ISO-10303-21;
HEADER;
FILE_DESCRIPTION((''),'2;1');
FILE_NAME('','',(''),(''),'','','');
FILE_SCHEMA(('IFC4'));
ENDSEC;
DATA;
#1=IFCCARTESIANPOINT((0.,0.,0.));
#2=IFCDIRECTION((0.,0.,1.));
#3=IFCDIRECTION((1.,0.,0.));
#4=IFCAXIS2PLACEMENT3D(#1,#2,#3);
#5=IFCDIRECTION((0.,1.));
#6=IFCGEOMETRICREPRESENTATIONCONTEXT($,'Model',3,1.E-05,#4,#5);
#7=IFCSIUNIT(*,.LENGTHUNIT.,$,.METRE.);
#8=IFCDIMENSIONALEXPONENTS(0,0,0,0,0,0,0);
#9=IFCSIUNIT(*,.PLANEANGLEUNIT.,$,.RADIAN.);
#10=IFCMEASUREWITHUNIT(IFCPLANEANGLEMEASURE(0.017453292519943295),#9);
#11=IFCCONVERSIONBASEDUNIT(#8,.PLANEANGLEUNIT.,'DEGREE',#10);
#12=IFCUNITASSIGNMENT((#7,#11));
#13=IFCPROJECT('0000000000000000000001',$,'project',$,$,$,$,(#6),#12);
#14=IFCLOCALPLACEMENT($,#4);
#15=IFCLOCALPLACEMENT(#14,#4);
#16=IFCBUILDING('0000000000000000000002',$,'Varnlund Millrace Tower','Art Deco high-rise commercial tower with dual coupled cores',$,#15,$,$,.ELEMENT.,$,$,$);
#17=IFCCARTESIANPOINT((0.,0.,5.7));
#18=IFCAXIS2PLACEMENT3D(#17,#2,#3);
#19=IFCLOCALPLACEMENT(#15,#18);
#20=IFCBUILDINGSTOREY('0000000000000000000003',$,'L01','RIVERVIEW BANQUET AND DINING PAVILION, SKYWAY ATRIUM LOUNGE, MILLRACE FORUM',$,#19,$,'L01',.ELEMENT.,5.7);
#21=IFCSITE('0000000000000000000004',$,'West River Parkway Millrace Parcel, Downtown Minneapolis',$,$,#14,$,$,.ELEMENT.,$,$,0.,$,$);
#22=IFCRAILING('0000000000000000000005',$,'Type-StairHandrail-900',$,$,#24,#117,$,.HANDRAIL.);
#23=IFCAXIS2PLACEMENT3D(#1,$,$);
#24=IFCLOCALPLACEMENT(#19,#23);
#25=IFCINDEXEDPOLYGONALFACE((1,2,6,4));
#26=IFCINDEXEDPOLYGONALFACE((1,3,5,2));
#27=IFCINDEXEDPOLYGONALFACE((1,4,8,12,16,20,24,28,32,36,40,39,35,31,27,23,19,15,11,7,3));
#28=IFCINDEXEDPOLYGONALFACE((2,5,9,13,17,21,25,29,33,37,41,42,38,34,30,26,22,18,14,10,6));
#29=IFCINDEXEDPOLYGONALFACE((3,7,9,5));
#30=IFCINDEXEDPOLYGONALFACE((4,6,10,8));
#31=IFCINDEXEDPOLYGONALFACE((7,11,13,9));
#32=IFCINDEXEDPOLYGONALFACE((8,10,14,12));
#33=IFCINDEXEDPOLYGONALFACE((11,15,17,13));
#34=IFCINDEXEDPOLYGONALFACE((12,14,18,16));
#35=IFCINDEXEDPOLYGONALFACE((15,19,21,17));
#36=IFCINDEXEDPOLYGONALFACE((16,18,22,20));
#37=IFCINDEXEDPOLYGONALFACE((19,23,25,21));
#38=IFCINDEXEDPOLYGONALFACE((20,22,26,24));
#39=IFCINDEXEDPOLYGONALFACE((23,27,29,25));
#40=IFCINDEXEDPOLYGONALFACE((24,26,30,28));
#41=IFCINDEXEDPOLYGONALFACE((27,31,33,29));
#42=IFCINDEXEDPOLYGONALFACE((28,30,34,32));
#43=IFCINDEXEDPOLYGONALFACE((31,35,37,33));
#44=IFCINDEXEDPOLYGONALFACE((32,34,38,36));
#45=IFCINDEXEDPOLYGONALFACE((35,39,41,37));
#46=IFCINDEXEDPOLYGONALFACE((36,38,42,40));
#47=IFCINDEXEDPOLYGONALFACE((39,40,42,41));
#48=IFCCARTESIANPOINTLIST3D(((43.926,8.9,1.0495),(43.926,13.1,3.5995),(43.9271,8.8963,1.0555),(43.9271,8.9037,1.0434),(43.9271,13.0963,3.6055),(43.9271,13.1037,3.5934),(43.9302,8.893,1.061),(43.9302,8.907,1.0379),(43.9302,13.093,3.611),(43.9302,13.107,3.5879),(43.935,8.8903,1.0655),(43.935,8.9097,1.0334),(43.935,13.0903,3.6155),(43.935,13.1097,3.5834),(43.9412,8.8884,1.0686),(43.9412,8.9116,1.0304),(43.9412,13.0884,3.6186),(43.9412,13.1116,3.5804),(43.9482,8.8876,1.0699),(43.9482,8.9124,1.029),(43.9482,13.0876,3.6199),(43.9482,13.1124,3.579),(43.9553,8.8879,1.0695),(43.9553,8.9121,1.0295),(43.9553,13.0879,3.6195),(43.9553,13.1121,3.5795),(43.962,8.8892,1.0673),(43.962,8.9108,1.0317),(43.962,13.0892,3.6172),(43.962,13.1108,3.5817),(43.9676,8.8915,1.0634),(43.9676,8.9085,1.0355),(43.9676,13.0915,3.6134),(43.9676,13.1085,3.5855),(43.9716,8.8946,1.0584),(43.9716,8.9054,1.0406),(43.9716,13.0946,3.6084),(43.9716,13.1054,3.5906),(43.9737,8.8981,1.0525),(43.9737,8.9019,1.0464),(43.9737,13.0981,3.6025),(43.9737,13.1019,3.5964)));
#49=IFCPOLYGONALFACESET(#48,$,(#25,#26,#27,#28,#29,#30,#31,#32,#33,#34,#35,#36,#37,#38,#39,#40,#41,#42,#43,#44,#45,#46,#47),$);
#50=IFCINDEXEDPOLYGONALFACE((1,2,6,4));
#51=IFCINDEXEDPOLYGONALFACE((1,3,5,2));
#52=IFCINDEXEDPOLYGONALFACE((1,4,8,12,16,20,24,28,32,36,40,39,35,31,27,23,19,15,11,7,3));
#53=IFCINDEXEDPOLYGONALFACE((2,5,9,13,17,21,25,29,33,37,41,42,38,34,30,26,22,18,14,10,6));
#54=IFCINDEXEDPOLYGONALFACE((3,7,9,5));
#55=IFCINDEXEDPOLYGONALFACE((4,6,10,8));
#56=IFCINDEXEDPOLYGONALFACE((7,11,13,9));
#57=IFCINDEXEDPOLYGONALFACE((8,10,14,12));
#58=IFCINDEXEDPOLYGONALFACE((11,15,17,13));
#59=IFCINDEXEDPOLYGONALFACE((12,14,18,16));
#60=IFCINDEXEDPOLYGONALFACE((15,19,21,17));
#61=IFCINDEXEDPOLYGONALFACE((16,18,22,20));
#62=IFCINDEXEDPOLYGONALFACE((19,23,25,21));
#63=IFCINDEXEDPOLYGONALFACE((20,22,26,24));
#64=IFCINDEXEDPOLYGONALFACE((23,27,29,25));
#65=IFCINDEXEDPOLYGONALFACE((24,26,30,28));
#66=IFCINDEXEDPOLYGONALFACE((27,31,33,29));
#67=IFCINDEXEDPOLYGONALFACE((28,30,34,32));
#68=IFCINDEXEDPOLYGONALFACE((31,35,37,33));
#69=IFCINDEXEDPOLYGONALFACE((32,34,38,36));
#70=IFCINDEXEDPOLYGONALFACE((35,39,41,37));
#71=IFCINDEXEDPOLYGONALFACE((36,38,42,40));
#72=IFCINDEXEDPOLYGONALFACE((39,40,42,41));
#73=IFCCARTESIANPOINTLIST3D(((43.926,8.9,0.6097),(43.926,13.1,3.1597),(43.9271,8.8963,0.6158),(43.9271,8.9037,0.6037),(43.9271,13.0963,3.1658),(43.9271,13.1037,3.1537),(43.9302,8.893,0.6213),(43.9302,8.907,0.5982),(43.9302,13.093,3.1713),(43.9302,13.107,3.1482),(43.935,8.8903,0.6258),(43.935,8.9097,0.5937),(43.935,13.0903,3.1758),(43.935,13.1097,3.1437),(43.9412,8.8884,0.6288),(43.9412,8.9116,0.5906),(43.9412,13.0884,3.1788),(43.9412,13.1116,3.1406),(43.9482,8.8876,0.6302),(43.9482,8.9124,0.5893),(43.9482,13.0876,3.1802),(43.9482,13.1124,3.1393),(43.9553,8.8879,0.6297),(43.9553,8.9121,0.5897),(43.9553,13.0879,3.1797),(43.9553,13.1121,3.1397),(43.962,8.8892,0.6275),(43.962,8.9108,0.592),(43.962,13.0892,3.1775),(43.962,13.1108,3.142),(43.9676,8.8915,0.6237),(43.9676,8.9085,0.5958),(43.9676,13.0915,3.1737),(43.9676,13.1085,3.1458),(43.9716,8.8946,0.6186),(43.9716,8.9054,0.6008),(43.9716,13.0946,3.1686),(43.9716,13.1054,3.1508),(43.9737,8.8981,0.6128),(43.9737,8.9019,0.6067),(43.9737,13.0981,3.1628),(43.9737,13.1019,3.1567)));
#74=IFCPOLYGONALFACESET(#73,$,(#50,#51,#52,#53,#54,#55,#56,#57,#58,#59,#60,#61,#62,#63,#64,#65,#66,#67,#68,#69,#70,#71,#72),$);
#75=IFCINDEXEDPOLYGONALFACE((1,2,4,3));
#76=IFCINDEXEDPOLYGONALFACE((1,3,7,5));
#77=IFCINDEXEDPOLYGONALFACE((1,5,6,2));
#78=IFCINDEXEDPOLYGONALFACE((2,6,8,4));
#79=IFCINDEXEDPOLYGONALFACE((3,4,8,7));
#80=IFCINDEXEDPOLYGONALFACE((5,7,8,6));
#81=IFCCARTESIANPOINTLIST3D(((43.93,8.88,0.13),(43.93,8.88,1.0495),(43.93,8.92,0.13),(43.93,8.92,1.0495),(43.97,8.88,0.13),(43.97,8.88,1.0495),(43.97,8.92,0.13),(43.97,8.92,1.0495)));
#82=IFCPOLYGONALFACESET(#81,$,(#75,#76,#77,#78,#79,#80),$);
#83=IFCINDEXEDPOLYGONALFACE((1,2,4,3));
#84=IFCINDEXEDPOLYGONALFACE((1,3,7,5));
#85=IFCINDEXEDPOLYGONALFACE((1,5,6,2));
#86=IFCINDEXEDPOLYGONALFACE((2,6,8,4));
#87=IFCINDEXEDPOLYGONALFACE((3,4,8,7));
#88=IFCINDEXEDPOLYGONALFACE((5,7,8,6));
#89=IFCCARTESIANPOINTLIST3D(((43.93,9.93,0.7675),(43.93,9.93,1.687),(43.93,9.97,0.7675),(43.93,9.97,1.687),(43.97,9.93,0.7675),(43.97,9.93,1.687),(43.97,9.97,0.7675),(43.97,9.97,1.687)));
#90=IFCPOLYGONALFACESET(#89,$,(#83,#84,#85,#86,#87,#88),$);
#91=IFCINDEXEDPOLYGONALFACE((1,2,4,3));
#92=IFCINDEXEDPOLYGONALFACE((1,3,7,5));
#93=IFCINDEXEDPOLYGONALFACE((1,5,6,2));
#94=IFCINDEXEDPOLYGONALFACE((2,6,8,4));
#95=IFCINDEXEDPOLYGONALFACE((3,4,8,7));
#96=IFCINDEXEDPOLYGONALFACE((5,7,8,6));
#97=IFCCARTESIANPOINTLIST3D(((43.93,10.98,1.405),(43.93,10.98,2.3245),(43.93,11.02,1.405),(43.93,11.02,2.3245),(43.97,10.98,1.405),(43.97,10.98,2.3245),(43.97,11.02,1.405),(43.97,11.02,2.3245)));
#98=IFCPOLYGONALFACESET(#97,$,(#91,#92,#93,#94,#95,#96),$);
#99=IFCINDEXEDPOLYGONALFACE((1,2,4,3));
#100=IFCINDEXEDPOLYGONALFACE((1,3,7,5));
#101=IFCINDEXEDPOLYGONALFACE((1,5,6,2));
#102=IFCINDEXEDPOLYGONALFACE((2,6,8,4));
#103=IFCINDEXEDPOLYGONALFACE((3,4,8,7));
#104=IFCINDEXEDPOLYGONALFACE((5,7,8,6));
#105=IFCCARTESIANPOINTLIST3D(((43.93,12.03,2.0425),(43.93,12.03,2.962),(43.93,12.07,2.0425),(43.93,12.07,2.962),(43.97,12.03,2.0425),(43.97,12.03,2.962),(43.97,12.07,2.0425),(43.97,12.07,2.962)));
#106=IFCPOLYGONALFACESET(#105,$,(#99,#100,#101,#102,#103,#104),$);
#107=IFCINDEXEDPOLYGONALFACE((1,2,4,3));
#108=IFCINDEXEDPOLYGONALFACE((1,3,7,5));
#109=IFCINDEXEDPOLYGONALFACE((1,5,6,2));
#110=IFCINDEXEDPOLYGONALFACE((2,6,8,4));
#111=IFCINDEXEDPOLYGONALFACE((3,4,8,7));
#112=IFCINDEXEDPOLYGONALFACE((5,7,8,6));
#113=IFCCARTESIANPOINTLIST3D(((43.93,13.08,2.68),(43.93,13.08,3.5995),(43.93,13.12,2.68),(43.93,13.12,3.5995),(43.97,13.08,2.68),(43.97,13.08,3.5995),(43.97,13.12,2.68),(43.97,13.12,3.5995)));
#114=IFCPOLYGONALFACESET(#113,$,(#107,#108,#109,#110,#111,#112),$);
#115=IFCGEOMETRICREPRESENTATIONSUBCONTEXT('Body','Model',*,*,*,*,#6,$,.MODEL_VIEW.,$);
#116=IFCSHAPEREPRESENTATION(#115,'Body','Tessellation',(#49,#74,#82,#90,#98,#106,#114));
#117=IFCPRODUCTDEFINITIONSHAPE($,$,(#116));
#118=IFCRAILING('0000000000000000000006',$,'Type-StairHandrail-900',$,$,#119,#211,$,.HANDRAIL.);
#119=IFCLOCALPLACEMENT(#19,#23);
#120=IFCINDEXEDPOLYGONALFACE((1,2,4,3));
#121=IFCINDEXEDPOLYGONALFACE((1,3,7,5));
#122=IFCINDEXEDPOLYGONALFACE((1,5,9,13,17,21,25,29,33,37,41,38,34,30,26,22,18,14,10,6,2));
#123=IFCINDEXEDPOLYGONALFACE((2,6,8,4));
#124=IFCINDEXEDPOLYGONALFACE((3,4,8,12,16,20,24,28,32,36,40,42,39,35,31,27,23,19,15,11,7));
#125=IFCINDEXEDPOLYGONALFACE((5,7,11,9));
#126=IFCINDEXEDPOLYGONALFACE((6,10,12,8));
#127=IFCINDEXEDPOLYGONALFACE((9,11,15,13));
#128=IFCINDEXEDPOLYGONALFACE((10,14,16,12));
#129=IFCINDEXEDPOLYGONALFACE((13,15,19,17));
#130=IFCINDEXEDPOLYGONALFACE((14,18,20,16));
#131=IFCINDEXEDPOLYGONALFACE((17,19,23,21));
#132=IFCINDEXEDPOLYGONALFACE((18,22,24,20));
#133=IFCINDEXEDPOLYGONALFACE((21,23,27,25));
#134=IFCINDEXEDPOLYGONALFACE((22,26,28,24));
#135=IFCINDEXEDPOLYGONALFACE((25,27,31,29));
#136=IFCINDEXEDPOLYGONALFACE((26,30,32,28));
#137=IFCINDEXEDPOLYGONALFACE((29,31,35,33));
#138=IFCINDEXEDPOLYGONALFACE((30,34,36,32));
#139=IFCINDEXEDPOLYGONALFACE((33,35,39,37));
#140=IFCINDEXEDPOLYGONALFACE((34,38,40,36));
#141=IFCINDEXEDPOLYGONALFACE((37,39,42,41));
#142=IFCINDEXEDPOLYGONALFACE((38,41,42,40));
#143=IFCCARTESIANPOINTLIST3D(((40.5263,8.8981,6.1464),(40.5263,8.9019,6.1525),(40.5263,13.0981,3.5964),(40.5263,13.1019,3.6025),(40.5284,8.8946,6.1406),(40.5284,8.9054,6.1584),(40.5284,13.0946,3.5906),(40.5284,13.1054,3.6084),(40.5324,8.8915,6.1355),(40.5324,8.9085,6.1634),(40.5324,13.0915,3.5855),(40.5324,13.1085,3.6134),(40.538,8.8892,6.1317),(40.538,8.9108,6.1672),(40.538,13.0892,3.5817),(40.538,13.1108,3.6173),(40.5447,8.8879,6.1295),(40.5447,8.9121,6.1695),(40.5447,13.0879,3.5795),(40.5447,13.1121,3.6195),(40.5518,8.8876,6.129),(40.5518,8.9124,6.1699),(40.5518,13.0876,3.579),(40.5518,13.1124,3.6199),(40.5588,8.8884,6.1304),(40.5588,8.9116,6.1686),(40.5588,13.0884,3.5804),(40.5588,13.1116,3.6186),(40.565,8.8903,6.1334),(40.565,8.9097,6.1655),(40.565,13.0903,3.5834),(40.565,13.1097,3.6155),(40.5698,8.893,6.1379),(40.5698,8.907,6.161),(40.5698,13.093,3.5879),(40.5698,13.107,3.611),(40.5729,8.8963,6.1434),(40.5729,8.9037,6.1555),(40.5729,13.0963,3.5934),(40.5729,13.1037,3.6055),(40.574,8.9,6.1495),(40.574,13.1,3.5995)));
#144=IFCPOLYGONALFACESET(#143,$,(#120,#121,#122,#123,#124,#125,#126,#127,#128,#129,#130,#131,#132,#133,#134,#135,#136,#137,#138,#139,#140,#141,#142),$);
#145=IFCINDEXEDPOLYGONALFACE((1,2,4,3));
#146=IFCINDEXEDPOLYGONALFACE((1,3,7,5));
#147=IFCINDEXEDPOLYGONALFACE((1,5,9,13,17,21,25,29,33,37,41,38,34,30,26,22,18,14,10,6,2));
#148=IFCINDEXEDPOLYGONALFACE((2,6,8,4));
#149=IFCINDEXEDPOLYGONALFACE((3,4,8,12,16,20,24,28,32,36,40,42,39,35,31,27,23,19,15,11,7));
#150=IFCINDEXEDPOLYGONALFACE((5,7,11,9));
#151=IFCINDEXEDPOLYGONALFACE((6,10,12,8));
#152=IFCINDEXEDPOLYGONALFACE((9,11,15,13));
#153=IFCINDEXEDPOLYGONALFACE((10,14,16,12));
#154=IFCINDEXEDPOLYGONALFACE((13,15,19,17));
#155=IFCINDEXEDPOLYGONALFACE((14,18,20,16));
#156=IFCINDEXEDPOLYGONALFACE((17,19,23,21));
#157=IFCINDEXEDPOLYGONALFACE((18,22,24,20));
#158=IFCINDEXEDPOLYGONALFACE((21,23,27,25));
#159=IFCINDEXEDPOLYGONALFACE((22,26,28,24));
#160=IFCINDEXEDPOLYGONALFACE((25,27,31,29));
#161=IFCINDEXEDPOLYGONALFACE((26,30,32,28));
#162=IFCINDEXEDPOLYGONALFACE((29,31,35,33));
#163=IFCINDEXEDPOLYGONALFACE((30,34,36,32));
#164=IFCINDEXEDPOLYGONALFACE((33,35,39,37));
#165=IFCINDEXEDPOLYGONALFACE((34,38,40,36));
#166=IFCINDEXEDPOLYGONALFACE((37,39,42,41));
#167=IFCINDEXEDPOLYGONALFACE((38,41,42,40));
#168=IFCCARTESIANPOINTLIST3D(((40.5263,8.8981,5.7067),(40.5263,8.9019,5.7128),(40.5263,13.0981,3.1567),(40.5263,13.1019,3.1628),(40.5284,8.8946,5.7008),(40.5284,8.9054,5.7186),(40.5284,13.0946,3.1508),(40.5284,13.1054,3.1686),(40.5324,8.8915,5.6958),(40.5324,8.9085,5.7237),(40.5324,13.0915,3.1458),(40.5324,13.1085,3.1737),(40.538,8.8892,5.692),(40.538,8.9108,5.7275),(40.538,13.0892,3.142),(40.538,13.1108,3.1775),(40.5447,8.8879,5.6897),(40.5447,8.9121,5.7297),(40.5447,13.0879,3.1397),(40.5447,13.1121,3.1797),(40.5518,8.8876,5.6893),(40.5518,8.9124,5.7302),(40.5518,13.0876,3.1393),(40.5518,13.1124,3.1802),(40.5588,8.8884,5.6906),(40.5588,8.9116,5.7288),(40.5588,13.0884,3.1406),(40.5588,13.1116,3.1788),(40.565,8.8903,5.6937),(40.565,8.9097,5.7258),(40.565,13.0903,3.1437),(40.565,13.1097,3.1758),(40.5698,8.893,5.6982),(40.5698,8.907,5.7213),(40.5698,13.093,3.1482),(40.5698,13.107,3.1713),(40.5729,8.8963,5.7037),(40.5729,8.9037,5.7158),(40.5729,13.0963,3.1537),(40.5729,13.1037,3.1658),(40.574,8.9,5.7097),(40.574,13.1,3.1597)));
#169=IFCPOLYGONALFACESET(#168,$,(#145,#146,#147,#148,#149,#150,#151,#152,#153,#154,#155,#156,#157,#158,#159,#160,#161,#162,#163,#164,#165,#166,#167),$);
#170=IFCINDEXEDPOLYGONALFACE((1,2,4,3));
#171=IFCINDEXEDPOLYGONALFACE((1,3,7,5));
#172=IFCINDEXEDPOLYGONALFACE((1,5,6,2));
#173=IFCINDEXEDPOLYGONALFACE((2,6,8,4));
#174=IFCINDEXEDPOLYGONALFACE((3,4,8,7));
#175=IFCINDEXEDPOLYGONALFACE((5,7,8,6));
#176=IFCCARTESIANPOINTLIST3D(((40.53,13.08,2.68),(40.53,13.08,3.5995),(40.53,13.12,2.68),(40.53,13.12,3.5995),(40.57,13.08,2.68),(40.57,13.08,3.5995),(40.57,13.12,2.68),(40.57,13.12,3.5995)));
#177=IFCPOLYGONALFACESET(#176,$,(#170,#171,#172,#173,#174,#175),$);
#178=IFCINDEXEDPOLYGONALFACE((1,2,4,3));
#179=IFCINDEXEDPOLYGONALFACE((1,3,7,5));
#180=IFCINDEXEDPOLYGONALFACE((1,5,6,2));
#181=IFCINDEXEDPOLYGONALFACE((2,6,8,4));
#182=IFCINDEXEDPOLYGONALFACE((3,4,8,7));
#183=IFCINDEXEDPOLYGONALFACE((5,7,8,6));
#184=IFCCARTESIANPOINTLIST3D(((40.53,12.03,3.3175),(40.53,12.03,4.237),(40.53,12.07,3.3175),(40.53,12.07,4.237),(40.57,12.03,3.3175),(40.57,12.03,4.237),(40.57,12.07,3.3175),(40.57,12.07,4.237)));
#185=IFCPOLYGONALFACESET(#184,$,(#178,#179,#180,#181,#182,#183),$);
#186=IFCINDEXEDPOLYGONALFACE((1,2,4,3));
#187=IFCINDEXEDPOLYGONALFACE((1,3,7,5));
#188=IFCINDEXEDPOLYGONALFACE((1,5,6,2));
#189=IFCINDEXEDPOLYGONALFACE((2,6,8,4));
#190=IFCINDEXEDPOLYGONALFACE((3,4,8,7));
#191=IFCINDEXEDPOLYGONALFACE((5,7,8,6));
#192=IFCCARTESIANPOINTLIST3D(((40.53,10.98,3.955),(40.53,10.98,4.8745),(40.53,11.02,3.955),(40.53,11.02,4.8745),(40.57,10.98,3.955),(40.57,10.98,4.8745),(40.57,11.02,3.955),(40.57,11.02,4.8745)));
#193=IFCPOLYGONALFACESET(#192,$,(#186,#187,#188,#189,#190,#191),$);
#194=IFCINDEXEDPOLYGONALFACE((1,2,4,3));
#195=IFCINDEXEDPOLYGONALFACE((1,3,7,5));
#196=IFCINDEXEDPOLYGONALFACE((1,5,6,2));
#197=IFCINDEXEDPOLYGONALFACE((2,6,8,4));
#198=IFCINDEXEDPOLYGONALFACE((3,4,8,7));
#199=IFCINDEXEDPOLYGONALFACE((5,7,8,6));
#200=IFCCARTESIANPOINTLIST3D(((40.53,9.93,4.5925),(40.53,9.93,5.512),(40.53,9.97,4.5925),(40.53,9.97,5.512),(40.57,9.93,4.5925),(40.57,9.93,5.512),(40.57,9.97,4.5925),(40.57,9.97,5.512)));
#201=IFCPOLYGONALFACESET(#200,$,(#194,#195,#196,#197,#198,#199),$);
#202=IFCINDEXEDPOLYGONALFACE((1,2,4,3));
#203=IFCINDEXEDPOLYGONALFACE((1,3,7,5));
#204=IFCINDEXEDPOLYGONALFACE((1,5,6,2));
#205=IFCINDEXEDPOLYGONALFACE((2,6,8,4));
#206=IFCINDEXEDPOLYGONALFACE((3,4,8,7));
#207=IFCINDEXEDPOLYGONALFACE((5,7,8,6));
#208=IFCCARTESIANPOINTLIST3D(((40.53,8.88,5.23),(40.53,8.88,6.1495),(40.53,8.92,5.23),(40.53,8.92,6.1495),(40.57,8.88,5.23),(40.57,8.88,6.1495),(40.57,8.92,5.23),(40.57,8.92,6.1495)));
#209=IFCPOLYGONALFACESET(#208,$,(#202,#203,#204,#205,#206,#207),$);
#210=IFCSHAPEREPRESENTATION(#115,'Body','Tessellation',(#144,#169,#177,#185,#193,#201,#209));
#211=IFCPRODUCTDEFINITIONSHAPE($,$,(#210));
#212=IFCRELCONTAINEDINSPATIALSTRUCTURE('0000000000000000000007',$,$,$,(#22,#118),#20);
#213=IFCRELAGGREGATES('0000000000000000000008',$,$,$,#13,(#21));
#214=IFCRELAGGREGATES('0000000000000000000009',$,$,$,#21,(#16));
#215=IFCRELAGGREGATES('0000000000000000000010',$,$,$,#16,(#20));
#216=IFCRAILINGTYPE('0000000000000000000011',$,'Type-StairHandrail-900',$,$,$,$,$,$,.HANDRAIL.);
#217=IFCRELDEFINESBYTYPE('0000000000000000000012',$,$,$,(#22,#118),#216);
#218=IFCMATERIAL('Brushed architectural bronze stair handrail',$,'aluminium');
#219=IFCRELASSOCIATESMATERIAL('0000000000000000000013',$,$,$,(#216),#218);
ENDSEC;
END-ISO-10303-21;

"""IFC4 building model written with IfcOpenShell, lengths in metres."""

from ifc_helpers import new_model, entity, si_unit, converted_unit, direction, frame, origin_with_axes, origin_2d_with_axis, place, context, subcontext, project, spatial, rectangle, circle, extrude, material, type_object, element, save


model = new_model("IFC4")

# Units and contexts
model_context = context("Model", 3, precision=1e-05, world=origin_with_axes(), true_north=direction((0.0, 1.0)))
body_context = subcontext(model_context, "Body", "Model", "MODEL_VIEW")
ifc_project = project(units=[si_unit("LENGTHUNIT", "METRE"), converted_unit("PLANEANGLEUNIT", "DEGREE", entity("IfcPlaneAngleMeasure", 0.017453292519943295), si_unit("PLANEANGLEUNIT", "RADIAN"), dimensions=[0, 0, 0, 0, 0, 0, 0])], contexts=[model_context])

# Site, building, storey
site_placement = place(None, origin_with_axes())
site = spatial("IfcSite", under=ifc_project, at=site_placement, Name="West River Parkway Millrace Parcel, Downtown Minneapolis", CompositionType="ELEMENT", RefElevation=0.0)
building_placement = place(site_placement, origin_with_axes())
building = spatial("IfcBuilding", under=site, at=building_placement, Name="Varnlund Millrace Tower", Description="Art Deco high-rise commercial tower with dual coupled cores", CompositionType="ELEMENT")
storey_placement = place(building_placement, frame((0.0, 0.0, 5.7), z_axis=(0.0, 0.0, 1.0), x_axis=(1.0, 0.0, 0.0)))
storey = spatial("IfcBuildingStorey", under=building, at=storey_placement, Name="L01", Description="RIVERVIEW BANQUET AND DINING PAVILION, SKYWAY ATRIUM LOUNGE, MILLRACE FORUM", LongName="L01", CompositionType="ELEMENT", Elevation=5.7)

# Railings
ifc_material_1 = material(Name="Brushed architectural bronze stair handrail", Category="aluminium")
railing_type_1 = type_object("IfcRailingType", Name="Type-StairHandrail-900", PredefinedType="HANDRAIL", material=ifc_material_1)
railing_1_placement = place(storey_placement, frame((0.0, 0.0, -5.7), z_axis=(0.0, 0.0, 1.0), x_axis=(1.0, 0.0, 0.0)))
element("IfcRailing", 1, at=railing_1_placement, inside=storey, type_object=railing_type_1, Name="Type-StairHandrail-900", PredefinedType="HANDRAIL", context=body_context, shape_type="SweptSolid", body=[
    extrude(circle(Radius=0.024, at=origin_2d_with_axis()), frame((43.95, 8.9, 6.7495), z_axis=(0.0, 0.854788, 0.518978), x_axis=(-1.0, 0.0, 0.0)), (0.0, 0.0, 1.0), 4.9135),
    extrude(circle(Radius=0.024, at=origin_2d_with_axis()), frame((43.95, 8.9, 6.3097), z_axis=(0.0, 0.854788, 0.518978), x_axis=(-1.0, 0.0, 0.0)), (0.0, 0.0, 1.0), 4.9135),
    extrude(rectangle(XDim=0.04, YDim=0.04, at=origin_2d_with_axis()), frame((43.95, 8.9, 5.83), z_axis=(0.0, 0.0, 1.0), x_axis=(1.0, 0.0, 0.0)), (0.0, 0.0, 1.0), 0.9195),
    extrude(rectangle(XDim=0.04, YDim=0.04, at=origin_2d_with_axis()), frame((43.95, 9.95, 6.4675), z_axis=(0.0, 0.0, 1.0), x_axis=(1.0, 0.0, 0.0)), (0.0, 0.0, 1.0), 0.9195),
    extrude(rectangle(XDim=0.04, YDim=0.04, at=origin_2d_with_axis()), frame((43.95, 11.0, 7.105), z_axis=(0.0, 0.0, 1.0), x_axis=(1.0, 0.0, 0.0)), (0.0, 0.0, 1.0), 0.9195),
    extrude(rectangle(XDim=0.04, YDim=0.04, at=origin_2d_with_axis()), frame((43.95, 12.05, 7.7425), z_axis=(0.0, 0.0, 1.0), x_axis=(1.0, 0.0, 0.0)), (0.0, 0.0, 1.0), 0.9195),
    extrude(rectangle(XDim=0.04, YDim=0.04, at=origin_2d_with_axis()), frame((43.95, 13.1, 8.38), z_axis=(0.0, 0.0, 1.0), x_axis=(1.0, 0.0, 0.0)), (0.0, 0.0, 1.0), 0.9195),
])
railing_2_placement = place(storey_placement, frame((0.0, 0.0, -5.7), z_axis=(0.0, 0.0, 1.0), x_axis=(1.0, 0.0, 0.0)))
element("IfcRailing", 2, at=railing_2_placement, inside=storey, type_object=railing_type_1, Name="Type-StairHandrail-900", PredefinedType="HANDRAIL", context=body_context, shape_type="SweptSolid", body=[
    extrude(circle(Radius=0.024, at=origin_2d_with_axis()), frame((40.55, 13.1, 9.2995), z_axis=(0.0, -0.854788, 0.518978), x_axis=(1.0, 0.0, 0.0)), (0.0, 0.0, 1.0), 4.9135),
    extrude(circle(Radius=0.024, at=origin_2d_with_axis()), frame((40.55, 13.1, 8.8597), z_axis=(0.0, -0.854788, 0.518978), x_axis=(1.0, 0.0, 0.0)), (0.0, 0.0, 1.0), 4.9135),
    extrude(rectangle(XDim=0.04, YDim=0.04, at=origin_2d_with_axis()), frame((40.55, 13.1, 8.38), z_axis=(0.0, 0.0, 1.0), x_axis=(1.0, 0.0, 0.0)), (0.0, 0.0, 1.0), 0.9195),
    extrude(rectangle(XDim=0.04, YDim=0.04, at=origin_2d_with_axis()), frame((40.55, 12.05, 9.0175), z_axis=(0.0, 0.0, 1.0), x_axis=(1.0, 0.0, 0.0)), (0.0, 0.0, 1.0), 0.9195),
    extrude(rectangle(XDim=0.04, YDim=0.04, at=origin_2d_with_axis()), frame((40.55, 11.0, 9.655), z_axis=(0.0, 0.0, 1.0), x_axis=(1.0, 0.0, 0.0)), (0.0, 0.0, 1.0), 0.9195),
    extrude(rectangle(XDim=0.04, YDim=0.04, at=origin_2d_with_axis()), frame((40.55, 9.95, 10.2925), z_axis=(0.0, 0.0, 1.0), x_axis=(1.0, 0.0, 0.0)), (0.0, 0.0, 1.0), 0.9195),
    extrude(rectangle(XDim=0.04, YDim=0.04, at=origin_2d_with_axis()), frame((40.55, 8.9, 10.93), z_axis=(0.0, 0.0, 1.0), x_axis=(1.0, 0.0, 0.0)), (0.0, 0.0, 1.0), 0.9195),
])

save(model, "model.ifc")
